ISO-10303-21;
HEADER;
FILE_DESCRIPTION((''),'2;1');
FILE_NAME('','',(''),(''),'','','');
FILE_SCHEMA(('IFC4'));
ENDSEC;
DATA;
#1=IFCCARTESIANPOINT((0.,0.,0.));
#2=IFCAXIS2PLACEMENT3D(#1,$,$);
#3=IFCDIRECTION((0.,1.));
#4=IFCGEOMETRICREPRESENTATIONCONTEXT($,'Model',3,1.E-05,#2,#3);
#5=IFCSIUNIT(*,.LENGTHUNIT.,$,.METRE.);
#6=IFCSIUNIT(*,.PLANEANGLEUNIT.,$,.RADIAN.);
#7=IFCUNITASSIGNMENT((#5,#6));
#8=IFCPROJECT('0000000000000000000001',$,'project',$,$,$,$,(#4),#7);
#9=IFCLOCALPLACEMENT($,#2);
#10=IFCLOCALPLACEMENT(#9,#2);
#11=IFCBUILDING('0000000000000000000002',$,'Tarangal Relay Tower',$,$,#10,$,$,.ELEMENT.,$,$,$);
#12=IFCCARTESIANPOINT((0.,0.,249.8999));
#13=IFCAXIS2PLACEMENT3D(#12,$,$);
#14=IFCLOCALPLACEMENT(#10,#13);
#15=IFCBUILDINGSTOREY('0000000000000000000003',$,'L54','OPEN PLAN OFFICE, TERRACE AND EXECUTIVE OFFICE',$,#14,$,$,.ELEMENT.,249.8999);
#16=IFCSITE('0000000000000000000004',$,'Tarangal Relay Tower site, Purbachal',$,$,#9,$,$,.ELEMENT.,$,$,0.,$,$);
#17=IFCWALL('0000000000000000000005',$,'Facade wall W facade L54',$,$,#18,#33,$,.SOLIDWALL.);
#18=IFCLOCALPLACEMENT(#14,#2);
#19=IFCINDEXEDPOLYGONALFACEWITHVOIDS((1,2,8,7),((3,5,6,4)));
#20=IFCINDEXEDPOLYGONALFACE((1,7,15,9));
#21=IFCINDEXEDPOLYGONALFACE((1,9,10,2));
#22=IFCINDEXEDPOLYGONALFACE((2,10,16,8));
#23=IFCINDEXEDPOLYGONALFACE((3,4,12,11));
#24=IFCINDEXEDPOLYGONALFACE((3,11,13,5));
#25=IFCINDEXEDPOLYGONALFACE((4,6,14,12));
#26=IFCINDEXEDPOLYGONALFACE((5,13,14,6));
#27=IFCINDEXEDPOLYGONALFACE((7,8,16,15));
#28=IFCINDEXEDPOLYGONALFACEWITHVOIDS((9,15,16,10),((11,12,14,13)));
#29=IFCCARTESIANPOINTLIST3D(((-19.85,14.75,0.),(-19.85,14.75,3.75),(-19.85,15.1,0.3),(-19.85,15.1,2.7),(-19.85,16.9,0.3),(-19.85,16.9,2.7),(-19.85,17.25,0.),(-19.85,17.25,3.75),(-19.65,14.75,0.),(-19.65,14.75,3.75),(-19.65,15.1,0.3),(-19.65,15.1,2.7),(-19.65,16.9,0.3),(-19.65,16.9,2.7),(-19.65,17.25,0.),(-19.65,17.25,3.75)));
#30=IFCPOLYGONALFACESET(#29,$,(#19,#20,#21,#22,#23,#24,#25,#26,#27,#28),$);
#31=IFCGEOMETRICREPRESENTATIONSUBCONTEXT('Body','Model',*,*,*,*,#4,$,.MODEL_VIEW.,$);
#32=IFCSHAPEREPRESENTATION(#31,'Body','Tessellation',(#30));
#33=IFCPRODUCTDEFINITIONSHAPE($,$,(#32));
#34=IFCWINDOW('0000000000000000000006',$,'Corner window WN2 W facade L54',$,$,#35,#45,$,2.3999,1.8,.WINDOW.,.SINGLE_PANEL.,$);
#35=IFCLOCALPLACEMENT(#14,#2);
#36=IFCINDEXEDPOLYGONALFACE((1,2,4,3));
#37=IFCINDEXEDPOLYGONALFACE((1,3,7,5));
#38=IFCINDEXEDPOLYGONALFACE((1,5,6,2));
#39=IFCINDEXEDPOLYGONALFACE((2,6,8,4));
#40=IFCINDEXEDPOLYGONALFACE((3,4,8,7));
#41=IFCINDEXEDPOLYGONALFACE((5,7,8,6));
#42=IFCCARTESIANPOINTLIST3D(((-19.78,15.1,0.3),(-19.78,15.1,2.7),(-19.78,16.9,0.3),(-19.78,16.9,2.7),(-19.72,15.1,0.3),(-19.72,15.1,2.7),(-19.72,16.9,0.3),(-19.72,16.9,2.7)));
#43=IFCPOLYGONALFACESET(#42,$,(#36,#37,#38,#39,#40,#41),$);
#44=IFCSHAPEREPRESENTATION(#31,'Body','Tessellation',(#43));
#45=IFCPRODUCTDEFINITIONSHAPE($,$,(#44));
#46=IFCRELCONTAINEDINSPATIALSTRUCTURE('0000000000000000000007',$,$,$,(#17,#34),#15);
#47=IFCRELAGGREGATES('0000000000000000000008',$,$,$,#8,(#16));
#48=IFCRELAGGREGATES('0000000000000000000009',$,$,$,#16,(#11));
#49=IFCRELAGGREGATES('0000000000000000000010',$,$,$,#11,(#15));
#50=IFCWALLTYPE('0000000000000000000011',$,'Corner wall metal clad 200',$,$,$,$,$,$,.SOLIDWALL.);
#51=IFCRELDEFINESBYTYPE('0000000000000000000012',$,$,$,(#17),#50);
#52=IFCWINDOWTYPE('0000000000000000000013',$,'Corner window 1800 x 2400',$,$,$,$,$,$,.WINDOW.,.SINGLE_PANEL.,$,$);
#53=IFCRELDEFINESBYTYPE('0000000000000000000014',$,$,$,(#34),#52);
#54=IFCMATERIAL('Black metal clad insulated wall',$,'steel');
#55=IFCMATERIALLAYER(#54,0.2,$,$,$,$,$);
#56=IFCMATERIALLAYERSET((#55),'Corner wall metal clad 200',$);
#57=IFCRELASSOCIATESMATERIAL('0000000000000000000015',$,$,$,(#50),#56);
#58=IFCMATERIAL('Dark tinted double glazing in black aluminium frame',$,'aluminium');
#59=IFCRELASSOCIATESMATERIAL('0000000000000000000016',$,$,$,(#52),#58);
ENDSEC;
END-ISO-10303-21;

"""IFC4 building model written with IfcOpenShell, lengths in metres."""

from ifc_helpers import new_model, si_unit, direction, frame, frame_2d, origin, place, context, subcontext, project, spatial, rectangle, extrude, material, layer, layer_set, type_object, element, fill, save


model = new_model("IFC4")

# Units and contexts
model_context = context("Model", 3, precision=1e-05, world=origin(), true_north=direction((0.0, 1.0)))
body_context = subcontext(model_context, "Body", "Model", "MODEL_VIEW")
ifc_project = project(units=[si_unit("LENGTHUNIT", "METRE"), si_unit("PLANEANGLEUNIT", "RADIAN")], contexts=[model_context])

# Site, building, storey
site_placement = place(None, origin())
site = spatial("IfcSite", under=ifc_project, at=site_placement, Name="Tarangal Relay Tower site, Purbachal", CompositionType="ELEMENT", RefElevation=0.0)
building_placement = place(site_placement, origin())
building = spatial("IfcBuilding", under=site, at=building_placement, Name="Tarangal Relay Tower", CompositionType="ELEMENT")
storey_placement = place(building_placement, frame((0.0, 0.0, 249.8999)))
storey = spatial("IfcBuildingStorey", under=building, at=storey_placement, Name="L54", Description="OPEN PLAN OFFICE, TERRACE AND EXECUTIVE OFFICE", CompositionType="ELEMENT", Elevation=249.8999)

# Shared definitions
ifc_material_1 = material(Name="Black metal clad insulated wall", Category="steel")
ifc_layer_1 = layer(ifc_material_1, 0.2)
ifc_layer_set_1 = layer_set([ifc_layer_1], Name="Corner wall metal clad 200")
wall_type_1 = type_object("IfcWallType", Name="Corner wall metal clad 200", PredefinedType="SOLIDWALL", material=ifc_layer_set_1)

# Wall, opening, window
wall_1_placement = place(storey_placement, frame((-19.75, 14.75, 0.0), z_axis=(0.0, 0.0, 1.0), x_axis=(0.0, 1.0, 0.0)))
wall_1 = element("IfcWall", 1, at=wall_1_placement, inside=storey, type_object=wall_type_1, Name="Facade wall W facade L54", PredefinedType="SOLIDWALL", context=body_context, shape_type="SweptSolid", body=[
    extrude(rectangle(XDim=2.5, YDim=0.2, at=frame_2d((1.25, 0.0))), origin(), (0.0, 0.0, 1.0), 3.75),
])
opening_1_placement = place(wall_1_placement, frame((0.3501, 0.0, 0.3)))
opening_1 = element("IfcOpeningElement", 2, at=opening_1_placement, cuts=wall_1, PredefinedType="OPENING", context=body_context, shape_type="SweptSolid", body=[
    extrude(rectangle(XDim=1.8, YDim=2.3999, at=frame_2d((0.8999, 1.2))), frame((0.0, 0.1099, 0.0), z_axis=(0.0, -1.0, 0.0), x_axis=(1.0, 0.0, 0.0)), (0.0, 0.0, 1.0), 0.22),
])
ifc_material_2 = material(Name="Dark tinted double glazing in black aluminium frame", Category="aluminium")
window_type = type_object("IfcWindowType", Name="Corner window 1800 x 2400", PartitioningType="SINGLE_PANEL", PredefinedType="WINDOW", material=ifc_material_2)
window_placement = place(opening_1_placement, origin())
window = element("IfcWindow", 3, at=window_placement, inside=storey, type_object=window_type, Name="Corner window WN2 W facade L54", OverallHeight=2.3999, OverallWidth=1.8, PartitioningType="SINGLE_PANEL", PredefinedType="WINDOW", context=body_context, shape_type="SweptSolid", body=[
    extrude(rectangle(XDim=1.8, YDim=2.3999, at=frame_2d((0.8999, 1.2))), frame((0.0, 0.03, 0.0), z_axis=(0.0, -1.0, 0.0), x_axis=(1.0, 0.0, 0.0)), (0.0, 0.0, 1.0), 0.0601),
])
fill(opening_1, window)

save(model, "model.ifc")
